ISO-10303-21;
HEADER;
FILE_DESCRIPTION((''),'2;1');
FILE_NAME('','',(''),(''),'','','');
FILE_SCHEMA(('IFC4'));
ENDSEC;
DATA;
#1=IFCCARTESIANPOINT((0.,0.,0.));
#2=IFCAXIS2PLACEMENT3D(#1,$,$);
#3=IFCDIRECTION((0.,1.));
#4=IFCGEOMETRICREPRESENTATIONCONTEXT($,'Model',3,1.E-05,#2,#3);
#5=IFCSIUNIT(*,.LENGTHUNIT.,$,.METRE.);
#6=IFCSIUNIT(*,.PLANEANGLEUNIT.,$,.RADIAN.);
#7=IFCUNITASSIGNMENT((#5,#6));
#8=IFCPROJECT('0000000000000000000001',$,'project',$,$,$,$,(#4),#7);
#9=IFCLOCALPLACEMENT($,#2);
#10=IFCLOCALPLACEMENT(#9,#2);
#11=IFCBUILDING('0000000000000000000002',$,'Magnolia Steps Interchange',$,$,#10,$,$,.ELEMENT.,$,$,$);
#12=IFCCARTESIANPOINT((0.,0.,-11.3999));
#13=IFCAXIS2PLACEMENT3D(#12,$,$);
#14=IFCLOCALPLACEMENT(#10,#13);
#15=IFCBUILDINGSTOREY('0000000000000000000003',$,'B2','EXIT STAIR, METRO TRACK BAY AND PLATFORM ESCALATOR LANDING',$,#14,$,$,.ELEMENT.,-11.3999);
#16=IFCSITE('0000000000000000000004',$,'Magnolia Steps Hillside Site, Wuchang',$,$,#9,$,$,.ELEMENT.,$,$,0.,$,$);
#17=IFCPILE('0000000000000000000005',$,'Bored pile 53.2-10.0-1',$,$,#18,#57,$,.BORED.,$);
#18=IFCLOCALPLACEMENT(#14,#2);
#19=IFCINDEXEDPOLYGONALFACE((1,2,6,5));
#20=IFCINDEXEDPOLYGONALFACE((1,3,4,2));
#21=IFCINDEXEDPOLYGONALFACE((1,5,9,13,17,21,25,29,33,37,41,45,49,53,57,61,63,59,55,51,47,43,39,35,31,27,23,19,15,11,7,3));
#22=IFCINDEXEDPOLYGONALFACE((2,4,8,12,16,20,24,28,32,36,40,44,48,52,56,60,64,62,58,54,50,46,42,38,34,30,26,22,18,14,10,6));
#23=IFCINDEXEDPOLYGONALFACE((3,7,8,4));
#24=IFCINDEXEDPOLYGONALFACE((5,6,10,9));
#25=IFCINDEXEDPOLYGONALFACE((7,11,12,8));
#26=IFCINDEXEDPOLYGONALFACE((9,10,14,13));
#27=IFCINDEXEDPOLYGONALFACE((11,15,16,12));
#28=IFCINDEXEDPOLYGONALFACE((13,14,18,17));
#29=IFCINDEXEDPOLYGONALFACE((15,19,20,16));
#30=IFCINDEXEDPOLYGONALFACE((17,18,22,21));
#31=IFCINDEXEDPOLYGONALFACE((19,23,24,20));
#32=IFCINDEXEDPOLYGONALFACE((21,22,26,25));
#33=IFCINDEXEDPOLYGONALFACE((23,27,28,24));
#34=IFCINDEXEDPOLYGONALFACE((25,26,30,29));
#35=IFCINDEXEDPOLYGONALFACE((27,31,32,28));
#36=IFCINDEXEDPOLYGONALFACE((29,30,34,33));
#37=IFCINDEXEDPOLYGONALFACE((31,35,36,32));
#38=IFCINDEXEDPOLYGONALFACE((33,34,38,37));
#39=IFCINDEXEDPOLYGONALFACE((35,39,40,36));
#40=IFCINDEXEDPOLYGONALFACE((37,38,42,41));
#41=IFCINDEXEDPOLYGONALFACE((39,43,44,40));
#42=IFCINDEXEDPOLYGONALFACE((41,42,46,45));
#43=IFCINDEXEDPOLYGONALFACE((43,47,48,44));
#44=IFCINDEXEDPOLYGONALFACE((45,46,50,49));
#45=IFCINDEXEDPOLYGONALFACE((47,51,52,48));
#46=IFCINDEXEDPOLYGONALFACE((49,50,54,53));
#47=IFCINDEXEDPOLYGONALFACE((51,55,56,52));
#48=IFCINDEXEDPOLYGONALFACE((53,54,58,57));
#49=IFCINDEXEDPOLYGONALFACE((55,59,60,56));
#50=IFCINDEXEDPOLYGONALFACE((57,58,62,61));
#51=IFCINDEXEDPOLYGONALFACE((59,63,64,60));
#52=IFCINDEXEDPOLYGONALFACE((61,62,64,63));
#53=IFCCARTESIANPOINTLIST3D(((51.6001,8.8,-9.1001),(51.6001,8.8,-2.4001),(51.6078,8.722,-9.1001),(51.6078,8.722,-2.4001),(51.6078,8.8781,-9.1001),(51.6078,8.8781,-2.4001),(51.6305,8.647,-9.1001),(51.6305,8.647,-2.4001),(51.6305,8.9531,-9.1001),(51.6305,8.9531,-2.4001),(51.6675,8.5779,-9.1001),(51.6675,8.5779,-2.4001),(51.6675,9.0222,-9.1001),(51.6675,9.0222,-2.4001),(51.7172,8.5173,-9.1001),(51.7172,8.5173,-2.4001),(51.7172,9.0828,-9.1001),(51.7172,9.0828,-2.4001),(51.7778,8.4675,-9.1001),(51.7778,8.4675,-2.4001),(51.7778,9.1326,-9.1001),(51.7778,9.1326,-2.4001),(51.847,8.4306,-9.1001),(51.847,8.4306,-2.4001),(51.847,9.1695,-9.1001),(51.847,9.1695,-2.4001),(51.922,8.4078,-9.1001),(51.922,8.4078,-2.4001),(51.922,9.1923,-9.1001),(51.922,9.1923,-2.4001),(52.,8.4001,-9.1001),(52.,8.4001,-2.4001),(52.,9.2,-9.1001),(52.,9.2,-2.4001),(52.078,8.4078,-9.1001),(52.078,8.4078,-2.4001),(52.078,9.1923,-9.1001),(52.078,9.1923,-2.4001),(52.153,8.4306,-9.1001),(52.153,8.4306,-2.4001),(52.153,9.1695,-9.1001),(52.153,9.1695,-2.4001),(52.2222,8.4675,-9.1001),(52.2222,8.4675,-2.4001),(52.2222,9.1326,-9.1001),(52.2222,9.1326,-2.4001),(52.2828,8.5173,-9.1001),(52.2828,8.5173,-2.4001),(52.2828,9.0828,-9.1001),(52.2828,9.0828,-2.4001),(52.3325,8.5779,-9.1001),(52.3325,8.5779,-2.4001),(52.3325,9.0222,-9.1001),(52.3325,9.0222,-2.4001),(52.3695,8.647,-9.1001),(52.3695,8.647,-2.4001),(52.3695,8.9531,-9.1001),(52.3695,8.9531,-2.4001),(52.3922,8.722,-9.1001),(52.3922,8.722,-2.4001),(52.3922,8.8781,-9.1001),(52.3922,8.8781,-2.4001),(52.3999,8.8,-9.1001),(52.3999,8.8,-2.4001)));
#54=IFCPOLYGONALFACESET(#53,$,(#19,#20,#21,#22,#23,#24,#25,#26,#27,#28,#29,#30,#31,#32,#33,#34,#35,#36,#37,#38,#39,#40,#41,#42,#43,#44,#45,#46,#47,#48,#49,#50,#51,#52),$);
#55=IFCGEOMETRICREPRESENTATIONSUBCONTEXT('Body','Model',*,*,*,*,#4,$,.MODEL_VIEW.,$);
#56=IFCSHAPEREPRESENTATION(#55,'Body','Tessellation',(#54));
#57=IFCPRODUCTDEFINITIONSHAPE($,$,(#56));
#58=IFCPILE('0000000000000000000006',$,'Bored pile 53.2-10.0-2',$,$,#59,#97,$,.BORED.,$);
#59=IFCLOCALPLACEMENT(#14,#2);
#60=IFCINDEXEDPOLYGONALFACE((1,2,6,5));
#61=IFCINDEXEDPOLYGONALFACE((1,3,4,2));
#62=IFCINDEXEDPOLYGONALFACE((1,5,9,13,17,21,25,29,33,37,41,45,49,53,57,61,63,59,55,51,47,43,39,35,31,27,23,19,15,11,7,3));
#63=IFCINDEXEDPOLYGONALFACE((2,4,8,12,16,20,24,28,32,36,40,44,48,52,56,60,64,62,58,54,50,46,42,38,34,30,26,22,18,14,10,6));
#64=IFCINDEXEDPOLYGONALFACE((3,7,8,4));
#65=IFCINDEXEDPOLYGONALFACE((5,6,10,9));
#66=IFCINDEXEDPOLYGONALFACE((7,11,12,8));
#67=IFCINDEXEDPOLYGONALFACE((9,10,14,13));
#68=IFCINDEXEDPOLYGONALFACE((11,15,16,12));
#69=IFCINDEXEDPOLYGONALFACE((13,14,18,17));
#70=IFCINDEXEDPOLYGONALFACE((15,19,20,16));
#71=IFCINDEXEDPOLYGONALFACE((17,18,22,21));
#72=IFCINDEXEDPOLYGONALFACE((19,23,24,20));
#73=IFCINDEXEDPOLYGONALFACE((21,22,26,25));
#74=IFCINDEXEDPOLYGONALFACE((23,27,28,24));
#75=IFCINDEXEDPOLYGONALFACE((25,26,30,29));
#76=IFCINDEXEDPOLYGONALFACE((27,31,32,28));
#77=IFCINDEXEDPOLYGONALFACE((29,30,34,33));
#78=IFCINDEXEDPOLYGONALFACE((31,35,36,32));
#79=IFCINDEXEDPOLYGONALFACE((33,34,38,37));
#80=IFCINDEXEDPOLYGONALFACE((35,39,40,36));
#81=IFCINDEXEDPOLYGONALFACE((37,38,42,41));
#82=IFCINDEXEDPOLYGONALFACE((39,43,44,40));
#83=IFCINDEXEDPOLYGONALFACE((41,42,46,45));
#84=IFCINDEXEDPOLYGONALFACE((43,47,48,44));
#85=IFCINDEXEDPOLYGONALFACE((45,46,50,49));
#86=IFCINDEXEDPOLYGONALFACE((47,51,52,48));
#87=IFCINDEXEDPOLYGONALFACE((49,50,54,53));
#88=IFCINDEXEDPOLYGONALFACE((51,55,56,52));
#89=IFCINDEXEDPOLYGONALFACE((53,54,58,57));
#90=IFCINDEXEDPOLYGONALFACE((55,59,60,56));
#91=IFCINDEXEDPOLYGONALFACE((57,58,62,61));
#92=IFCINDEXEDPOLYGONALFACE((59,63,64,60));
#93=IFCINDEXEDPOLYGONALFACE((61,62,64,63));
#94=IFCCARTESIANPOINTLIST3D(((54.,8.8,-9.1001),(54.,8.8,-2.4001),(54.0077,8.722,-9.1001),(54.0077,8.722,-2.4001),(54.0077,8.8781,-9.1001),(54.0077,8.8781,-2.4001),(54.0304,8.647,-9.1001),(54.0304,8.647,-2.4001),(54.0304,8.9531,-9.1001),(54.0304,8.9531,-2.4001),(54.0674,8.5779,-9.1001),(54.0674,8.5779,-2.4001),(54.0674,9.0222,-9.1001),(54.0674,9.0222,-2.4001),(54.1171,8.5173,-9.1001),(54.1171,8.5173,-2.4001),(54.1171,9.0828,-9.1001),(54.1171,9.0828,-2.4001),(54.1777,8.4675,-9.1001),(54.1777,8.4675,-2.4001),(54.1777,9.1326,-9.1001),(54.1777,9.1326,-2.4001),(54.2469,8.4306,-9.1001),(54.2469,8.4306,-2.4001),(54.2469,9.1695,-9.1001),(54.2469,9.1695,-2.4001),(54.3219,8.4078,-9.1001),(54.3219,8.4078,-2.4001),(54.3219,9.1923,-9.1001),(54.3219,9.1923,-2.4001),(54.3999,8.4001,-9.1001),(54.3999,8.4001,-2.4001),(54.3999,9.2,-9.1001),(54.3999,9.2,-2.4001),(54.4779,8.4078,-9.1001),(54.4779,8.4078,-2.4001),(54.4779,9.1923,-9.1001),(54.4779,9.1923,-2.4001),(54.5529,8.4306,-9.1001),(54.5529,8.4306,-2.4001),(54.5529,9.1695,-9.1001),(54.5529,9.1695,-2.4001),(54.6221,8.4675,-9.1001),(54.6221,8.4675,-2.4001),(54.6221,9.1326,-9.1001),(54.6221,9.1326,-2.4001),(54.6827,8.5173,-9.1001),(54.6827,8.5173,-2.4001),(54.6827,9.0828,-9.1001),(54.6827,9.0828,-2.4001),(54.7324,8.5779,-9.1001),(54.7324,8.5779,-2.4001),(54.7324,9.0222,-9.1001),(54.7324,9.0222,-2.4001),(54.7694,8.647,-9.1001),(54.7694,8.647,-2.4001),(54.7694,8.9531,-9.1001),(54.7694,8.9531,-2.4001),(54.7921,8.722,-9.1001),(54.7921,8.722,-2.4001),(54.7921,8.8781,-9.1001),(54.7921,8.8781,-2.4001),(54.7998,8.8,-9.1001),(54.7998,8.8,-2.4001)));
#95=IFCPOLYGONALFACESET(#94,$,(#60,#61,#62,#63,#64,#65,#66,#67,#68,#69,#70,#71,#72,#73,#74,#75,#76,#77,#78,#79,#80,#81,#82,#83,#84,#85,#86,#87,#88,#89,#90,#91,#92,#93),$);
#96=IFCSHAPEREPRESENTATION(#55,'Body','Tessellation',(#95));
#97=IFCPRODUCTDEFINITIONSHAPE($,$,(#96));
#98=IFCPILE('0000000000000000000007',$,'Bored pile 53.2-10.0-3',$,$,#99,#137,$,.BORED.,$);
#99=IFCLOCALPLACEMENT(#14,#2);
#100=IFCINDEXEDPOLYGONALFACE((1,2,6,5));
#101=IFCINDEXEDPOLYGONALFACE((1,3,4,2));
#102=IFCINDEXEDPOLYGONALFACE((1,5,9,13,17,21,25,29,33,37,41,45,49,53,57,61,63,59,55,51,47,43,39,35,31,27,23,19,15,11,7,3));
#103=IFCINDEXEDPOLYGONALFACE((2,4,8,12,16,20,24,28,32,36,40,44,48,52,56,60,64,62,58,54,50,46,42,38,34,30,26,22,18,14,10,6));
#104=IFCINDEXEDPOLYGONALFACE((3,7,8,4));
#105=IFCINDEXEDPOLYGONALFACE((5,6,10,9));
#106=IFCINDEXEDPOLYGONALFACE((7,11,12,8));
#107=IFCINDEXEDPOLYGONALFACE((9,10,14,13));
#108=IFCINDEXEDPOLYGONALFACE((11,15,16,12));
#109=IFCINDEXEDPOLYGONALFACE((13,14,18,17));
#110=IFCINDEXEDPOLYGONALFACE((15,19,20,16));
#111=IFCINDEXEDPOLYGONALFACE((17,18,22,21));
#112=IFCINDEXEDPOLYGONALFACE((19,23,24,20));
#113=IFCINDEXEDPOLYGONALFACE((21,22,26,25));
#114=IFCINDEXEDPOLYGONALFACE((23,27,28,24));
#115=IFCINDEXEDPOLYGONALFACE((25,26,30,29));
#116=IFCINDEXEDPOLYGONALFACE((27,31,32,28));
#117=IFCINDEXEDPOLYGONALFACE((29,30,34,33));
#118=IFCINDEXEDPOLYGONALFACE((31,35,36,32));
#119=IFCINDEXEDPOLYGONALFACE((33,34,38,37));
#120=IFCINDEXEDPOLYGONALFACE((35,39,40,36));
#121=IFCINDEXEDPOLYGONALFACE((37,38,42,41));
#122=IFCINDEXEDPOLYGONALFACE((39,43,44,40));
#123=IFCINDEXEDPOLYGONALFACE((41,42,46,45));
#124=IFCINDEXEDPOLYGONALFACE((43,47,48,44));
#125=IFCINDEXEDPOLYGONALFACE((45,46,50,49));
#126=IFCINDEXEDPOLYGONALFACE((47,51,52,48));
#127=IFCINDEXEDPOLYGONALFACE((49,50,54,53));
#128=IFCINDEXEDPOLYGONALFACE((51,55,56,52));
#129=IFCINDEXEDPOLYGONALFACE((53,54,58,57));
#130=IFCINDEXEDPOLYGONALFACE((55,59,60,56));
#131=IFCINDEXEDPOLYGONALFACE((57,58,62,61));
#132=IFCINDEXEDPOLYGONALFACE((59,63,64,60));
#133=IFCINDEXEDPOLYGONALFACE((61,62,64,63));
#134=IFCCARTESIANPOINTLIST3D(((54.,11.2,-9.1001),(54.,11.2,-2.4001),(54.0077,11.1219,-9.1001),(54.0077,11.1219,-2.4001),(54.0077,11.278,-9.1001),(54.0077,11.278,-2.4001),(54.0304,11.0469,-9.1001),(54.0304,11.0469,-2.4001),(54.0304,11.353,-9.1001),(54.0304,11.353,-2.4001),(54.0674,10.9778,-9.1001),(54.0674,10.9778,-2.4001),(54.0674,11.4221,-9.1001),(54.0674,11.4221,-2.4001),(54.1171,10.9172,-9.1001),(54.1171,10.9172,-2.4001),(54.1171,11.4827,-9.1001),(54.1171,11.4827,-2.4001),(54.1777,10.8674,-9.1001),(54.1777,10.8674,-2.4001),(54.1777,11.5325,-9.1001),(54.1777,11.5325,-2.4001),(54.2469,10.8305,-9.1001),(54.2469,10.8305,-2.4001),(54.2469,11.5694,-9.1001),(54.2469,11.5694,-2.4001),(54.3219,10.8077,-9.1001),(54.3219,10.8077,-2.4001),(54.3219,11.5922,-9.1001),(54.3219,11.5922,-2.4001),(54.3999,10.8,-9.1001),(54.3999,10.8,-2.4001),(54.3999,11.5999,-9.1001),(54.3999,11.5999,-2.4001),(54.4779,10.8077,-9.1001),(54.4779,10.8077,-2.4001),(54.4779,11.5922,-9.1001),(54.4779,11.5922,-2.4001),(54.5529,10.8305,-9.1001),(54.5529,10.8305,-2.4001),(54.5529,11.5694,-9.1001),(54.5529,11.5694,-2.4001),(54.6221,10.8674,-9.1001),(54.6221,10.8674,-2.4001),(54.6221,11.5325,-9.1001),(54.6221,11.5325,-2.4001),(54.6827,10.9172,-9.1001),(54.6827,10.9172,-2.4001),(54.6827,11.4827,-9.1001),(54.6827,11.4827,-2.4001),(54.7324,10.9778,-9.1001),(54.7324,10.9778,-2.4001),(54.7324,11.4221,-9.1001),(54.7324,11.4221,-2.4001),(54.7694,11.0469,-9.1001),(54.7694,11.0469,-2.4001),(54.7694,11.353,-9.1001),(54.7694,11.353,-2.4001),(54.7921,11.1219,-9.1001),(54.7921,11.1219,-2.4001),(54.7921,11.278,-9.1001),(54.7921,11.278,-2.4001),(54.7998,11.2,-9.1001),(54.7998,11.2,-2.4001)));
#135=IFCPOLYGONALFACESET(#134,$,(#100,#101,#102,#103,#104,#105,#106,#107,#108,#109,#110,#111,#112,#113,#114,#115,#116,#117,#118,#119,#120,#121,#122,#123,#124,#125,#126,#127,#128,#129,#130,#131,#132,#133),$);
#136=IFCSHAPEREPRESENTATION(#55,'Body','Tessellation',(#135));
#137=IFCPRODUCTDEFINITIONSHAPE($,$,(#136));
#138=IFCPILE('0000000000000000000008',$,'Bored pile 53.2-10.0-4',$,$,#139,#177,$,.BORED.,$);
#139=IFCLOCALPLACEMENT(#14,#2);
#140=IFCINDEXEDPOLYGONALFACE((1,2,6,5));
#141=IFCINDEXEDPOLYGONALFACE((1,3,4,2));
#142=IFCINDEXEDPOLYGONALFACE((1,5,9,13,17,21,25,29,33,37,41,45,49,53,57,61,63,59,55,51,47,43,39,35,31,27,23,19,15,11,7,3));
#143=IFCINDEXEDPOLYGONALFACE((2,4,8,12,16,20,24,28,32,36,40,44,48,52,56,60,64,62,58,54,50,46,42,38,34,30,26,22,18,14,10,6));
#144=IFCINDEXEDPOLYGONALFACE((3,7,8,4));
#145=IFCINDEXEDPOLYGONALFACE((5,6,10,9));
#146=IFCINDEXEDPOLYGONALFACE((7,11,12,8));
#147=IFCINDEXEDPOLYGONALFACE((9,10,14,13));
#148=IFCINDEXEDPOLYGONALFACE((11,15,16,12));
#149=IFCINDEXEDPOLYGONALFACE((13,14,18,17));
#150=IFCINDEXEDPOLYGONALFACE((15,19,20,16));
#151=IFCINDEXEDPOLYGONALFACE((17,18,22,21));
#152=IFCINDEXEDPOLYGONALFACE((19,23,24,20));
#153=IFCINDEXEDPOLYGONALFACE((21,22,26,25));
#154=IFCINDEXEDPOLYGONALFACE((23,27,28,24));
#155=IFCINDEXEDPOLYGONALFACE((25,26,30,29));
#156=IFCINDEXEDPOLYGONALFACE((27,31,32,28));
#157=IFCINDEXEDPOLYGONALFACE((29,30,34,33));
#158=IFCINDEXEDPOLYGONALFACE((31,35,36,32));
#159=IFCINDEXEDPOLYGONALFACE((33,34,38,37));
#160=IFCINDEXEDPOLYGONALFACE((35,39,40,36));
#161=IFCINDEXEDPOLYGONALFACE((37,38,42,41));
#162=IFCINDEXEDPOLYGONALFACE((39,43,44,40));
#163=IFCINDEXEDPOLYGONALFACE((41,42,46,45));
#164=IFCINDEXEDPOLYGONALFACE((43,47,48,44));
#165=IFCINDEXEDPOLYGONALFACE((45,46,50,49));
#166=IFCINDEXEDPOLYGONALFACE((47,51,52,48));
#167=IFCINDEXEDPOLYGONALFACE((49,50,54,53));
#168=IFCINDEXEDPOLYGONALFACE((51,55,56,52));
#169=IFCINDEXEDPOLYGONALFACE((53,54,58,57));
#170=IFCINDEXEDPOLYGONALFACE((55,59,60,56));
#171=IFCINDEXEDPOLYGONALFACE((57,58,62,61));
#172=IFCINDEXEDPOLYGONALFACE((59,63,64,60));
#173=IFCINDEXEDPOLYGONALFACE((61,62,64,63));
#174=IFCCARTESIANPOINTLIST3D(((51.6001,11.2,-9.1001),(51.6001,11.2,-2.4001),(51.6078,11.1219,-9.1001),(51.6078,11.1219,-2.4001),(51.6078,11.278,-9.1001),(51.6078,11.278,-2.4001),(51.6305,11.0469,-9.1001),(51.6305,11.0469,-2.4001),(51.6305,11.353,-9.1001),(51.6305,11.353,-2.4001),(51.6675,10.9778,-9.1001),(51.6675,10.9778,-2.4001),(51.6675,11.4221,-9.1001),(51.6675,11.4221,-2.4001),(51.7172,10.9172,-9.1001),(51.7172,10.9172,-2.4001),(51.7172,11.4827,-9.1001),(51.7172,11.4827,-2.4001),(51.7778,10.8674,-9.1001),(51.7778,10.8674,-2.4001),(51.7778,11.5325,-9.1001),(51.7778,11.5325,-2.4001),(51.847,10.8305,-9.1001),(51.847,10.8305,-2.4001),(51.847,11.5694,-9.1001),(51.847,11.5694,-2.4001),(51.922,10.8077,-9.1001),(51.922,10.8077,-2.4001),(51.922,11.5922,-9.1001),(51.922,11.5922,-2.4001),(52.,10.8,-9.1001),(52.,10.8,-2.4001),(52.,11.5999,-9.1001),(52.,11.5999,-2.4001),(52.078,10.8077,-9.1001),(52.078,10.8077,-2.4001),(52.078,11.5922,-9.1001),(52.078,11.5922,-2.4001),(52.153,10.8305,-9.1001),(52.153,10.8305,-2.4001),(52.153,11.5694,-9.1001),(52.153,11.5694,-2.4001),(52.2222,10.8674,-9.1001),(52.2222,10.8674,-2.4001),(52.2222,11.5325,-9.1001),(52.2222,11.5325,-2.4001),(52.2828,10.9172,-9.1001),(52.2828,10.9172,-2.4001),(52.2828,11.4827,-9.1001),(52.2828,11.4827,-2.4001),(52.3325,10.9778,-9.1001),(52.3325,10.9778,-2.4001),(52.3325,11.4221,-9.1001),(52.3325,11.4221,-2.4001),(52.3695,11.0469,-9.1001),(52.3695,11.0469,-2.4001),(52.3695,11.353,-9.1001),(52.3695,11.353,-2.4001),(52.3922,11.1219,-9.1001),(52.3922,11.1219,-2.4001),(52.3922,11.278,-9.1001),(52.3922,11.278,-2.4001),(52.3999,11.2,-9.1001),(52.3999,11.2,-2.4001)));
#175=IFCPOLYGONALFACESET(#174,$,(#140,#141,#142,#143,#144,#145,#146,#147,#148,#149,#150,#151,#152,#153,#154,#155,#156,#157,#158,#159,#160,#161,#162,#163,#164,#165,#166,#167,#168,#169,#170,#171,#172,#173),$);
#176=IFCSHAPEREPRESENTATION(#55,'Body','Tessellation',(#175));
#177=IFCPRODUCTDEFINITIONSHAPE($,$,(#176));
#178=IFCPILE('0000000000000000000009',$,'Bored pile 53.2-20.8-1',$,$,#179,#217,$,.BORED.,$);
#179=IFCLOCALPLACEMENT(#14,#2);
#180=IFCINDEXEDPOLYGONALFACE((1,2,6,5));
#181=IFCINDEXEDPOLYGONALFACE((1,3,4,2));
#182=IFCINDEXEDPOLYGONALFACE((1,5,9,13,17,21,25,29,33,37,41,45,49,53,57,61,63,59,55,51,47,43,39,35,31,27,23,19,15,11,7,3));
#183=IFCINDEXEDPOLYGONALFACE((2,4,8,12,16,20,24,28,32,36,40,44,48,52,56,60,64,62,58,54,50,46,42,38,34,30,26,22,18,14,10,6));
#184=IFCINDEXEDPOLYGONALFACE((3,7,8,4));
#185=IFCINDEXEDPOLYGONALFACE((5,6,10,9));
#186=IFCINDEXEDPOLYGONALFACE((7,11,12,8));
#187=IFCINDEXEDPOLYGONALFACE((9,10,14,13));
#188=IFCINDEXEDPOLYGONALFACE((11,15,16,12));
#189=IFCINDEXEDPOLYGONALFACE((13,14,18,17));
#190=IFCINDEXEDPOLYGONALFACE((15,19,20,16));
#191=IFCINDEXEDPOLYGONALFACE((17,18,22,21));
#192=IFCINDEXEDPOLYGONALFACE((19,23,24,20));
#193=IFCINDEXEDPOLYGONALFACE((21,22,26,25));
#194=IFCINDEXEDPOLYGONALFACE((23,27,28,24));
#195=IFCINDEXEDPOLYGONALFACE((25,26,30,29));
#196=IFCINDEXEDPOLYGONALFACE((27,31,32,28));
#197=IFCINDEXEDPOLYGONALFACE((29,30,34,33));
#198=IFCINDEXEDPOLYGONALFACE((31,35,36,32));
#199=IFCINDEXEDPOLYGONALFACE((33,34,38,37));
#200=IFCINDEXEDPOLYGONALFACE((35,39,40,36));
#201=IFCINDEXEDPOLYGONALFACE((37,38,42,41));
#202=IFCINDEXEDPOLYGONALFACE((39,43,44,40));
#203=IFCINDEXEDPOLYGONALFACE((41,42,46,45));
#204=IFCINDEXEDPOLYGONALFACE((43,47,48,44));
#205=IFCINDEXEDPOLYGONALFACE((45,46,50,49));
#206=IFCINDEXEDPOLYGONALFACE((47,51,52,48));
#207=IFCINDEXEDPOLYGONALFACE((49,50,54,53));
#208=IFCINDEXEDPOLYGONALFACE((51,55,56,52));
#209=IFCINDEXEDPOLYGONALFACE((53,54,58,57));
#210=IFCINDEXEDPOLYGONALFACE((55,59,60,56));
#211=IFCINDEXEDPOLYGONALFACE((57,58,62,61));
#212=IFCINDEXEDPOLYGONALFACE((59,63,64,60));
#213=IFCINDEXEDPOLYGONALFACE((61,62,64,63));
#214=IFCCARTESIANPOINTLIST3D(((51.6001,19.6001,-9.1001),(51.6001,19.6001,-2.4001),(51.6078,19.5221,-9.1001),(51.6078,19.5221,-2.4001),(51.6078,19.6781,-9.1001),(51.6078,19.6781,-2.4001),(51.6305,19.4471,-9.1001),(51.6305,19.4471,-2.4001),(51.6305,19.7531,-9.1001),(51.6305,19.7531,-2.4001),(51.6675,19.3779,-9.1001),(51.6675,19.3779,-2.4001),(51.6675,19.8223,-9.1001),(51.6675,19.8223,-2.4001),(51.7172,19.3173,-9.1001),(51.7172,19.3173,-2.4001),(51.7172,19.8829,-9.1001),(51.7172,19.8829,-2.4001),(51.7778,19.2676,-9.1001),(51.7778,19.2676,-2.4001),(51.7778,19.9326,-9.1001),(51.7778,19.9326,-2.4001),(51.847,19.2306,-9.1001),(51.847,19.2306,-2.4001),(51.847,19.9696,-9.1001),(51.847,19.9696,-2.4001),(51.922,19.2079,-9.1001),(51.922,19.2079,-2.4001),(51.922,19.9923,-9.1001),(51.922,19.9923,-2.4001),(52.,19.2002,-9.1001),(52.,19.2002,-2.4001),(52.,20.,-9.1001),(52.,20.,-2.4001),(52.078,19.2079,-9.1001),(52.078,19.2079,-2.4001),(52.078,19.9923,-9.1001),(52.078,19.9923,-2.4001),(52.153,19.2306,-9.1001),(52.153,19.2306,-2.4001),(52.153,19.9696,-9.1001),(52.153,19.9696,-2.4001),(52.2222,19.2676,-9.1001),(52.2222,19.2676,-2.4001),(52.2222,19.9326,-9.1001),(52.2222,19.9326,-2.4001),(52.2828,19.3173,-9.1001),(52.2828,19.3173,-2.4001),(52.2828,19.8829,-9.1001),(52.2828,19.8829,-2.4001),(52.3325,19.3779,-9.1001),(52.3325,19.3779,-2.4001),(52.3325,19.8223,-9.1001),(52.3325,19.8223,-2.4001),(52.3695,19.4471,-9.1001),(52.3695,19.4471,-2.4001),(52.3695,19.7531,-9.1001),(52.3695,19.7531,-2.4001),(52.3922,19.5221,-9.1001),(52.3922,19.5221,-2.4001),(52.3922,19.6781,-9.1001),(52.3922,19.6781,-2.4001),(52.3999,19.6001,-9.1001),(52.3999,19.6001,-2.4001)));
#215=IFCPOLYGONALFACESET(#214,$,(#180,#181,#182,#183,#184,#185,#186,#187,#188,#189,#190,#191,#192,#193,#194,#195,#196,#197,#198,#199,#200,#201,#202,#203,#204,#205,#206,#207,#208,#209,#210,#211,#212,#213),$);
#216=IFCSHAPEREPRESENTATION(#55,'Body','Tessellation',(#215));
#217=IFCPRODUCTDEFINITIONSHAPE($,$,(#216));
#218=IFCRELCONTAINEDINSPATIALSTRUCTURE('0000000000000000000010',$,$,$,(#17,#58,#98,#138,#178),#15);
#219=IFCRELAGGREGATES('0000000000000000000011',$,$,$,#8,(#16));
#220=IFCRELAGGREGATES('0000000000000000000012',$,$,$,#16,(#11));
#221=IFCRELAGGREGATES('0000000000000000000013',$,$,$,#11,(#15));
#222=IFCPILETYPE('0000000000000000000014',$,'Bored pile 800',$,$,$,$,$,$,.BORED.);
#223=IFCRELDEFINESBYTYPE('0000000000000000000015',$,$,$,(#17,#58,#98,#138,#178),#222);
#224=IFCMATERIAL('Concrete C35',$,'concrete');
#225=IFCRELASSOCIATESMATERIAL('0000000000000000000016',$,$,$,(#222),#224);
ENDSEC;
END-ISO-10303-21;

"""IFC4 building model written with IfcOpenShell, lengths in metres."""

from ifc_helpers import new_model, si_unit, direction, frame, origin, origin_2d, place, context, subcontext, project, spatial, circle, extrude, material, material_profile, profile_set, type_object, element, save


model = new_model("IFC4")

# Units and contexts
model_context = context("Model", 3, precision=1e-05, world=origin(), true_north=direction((0.0, 1.0)))
body_context = subcontext(model_context, "Body", "Model", "MODEL_VIEW")
ifc_project = project(units=[si_unit("LENGTHUNIT", "METRE"), si_unit("PLANEANGLEUNIT", "RADIAN")], contexts=[model_context])

# Site, building, storey
site_placement = place(None, origin())
site = spatial("IfcSite", under=ifc_project, at=site_placement, Name="Magnolia Steps Hillside Site, Wuchang", CompositionType="ELEMENT", RefElevation=0.0)
building_placement = place(site_placement, origin())
building = spatial("IfcBuilding", under=site, at=building_placement, Name="Magnolia Steps Interchange", CompositionType="ELEMENT")
storey_placement = place(building_placement, frame((0.0, 0.0, -11.3999)))
storey = spatial("IfcBuildingStorey", under=building, at=storey_placement, Name="B2", Description="EXIT STAIR, METRO TRACK BAY AND PLATFORM ESCALATOR LANDING", CompositionType="ELEMENT", Elevation=-11.3999)

# Piles
ifc_material_1 = material(Name="Concrete C35", Category="concrete")
ifc_material_profile_1 = material_profile(ifc_material_1, circle(Radius=0.3999, at=origin_2d()), Name="Bored pile 800")
ifc_profile_set_1 = profile_set([ifc_material_profile_1], Name="Concrete C35")
pile_type = type_object("IfcPileType", Name="Bored pile 800", PredefinedType="BORED", material=ifc_profile_set_1)
for number, where, z_axis, x_axis, name in (
    (1, (52.0, 8.8, -2.4001), (0.0, 0.0, -1.0), (1.0, 0.0, 0.0), "Bored pile 53.2-10.0-1"),
    (2, (54.3999, 8.8, -2.4001), (0.0, 0.0, -1.0), (1.0, 0.0, 0.0), "Bored pile 53.2-10.0-2"),
    (3, (54.3999, 11.2, -2.4001), (0.0, 0.0, -1.0), (1.0, 0.0, 0.0), "Bored pile 53.2-10.0-3"),
    (4, (52.0, 11.2, -2.4001), (0.0, 0.0, -1.0), (1.0, 0.0, 0.0), "Bored pile 53.2-10.0-4"),
    (5, (52.0, 19.6001, -2.4001), (0.0, 0.0, -1.0), (1.0, 0.0, 0.0), "Bored pile 53.2-20.8-1"),
):
    element("IfcPile", number, at=place(storey_placement, frame(where, z_axis=z_axis, x_axis=x_axis)), inside=storey, type_object=pile_type, Name=name, PredefinedType="BORED", context=body_context, shape_type="SweptSolid", body=[
        extrude(circle(Radius=0.3999, at=origin_2d()), origin(), (0.0, 0.0, 1.0), 6.7),
    ])

save(model, "model.ifc")
